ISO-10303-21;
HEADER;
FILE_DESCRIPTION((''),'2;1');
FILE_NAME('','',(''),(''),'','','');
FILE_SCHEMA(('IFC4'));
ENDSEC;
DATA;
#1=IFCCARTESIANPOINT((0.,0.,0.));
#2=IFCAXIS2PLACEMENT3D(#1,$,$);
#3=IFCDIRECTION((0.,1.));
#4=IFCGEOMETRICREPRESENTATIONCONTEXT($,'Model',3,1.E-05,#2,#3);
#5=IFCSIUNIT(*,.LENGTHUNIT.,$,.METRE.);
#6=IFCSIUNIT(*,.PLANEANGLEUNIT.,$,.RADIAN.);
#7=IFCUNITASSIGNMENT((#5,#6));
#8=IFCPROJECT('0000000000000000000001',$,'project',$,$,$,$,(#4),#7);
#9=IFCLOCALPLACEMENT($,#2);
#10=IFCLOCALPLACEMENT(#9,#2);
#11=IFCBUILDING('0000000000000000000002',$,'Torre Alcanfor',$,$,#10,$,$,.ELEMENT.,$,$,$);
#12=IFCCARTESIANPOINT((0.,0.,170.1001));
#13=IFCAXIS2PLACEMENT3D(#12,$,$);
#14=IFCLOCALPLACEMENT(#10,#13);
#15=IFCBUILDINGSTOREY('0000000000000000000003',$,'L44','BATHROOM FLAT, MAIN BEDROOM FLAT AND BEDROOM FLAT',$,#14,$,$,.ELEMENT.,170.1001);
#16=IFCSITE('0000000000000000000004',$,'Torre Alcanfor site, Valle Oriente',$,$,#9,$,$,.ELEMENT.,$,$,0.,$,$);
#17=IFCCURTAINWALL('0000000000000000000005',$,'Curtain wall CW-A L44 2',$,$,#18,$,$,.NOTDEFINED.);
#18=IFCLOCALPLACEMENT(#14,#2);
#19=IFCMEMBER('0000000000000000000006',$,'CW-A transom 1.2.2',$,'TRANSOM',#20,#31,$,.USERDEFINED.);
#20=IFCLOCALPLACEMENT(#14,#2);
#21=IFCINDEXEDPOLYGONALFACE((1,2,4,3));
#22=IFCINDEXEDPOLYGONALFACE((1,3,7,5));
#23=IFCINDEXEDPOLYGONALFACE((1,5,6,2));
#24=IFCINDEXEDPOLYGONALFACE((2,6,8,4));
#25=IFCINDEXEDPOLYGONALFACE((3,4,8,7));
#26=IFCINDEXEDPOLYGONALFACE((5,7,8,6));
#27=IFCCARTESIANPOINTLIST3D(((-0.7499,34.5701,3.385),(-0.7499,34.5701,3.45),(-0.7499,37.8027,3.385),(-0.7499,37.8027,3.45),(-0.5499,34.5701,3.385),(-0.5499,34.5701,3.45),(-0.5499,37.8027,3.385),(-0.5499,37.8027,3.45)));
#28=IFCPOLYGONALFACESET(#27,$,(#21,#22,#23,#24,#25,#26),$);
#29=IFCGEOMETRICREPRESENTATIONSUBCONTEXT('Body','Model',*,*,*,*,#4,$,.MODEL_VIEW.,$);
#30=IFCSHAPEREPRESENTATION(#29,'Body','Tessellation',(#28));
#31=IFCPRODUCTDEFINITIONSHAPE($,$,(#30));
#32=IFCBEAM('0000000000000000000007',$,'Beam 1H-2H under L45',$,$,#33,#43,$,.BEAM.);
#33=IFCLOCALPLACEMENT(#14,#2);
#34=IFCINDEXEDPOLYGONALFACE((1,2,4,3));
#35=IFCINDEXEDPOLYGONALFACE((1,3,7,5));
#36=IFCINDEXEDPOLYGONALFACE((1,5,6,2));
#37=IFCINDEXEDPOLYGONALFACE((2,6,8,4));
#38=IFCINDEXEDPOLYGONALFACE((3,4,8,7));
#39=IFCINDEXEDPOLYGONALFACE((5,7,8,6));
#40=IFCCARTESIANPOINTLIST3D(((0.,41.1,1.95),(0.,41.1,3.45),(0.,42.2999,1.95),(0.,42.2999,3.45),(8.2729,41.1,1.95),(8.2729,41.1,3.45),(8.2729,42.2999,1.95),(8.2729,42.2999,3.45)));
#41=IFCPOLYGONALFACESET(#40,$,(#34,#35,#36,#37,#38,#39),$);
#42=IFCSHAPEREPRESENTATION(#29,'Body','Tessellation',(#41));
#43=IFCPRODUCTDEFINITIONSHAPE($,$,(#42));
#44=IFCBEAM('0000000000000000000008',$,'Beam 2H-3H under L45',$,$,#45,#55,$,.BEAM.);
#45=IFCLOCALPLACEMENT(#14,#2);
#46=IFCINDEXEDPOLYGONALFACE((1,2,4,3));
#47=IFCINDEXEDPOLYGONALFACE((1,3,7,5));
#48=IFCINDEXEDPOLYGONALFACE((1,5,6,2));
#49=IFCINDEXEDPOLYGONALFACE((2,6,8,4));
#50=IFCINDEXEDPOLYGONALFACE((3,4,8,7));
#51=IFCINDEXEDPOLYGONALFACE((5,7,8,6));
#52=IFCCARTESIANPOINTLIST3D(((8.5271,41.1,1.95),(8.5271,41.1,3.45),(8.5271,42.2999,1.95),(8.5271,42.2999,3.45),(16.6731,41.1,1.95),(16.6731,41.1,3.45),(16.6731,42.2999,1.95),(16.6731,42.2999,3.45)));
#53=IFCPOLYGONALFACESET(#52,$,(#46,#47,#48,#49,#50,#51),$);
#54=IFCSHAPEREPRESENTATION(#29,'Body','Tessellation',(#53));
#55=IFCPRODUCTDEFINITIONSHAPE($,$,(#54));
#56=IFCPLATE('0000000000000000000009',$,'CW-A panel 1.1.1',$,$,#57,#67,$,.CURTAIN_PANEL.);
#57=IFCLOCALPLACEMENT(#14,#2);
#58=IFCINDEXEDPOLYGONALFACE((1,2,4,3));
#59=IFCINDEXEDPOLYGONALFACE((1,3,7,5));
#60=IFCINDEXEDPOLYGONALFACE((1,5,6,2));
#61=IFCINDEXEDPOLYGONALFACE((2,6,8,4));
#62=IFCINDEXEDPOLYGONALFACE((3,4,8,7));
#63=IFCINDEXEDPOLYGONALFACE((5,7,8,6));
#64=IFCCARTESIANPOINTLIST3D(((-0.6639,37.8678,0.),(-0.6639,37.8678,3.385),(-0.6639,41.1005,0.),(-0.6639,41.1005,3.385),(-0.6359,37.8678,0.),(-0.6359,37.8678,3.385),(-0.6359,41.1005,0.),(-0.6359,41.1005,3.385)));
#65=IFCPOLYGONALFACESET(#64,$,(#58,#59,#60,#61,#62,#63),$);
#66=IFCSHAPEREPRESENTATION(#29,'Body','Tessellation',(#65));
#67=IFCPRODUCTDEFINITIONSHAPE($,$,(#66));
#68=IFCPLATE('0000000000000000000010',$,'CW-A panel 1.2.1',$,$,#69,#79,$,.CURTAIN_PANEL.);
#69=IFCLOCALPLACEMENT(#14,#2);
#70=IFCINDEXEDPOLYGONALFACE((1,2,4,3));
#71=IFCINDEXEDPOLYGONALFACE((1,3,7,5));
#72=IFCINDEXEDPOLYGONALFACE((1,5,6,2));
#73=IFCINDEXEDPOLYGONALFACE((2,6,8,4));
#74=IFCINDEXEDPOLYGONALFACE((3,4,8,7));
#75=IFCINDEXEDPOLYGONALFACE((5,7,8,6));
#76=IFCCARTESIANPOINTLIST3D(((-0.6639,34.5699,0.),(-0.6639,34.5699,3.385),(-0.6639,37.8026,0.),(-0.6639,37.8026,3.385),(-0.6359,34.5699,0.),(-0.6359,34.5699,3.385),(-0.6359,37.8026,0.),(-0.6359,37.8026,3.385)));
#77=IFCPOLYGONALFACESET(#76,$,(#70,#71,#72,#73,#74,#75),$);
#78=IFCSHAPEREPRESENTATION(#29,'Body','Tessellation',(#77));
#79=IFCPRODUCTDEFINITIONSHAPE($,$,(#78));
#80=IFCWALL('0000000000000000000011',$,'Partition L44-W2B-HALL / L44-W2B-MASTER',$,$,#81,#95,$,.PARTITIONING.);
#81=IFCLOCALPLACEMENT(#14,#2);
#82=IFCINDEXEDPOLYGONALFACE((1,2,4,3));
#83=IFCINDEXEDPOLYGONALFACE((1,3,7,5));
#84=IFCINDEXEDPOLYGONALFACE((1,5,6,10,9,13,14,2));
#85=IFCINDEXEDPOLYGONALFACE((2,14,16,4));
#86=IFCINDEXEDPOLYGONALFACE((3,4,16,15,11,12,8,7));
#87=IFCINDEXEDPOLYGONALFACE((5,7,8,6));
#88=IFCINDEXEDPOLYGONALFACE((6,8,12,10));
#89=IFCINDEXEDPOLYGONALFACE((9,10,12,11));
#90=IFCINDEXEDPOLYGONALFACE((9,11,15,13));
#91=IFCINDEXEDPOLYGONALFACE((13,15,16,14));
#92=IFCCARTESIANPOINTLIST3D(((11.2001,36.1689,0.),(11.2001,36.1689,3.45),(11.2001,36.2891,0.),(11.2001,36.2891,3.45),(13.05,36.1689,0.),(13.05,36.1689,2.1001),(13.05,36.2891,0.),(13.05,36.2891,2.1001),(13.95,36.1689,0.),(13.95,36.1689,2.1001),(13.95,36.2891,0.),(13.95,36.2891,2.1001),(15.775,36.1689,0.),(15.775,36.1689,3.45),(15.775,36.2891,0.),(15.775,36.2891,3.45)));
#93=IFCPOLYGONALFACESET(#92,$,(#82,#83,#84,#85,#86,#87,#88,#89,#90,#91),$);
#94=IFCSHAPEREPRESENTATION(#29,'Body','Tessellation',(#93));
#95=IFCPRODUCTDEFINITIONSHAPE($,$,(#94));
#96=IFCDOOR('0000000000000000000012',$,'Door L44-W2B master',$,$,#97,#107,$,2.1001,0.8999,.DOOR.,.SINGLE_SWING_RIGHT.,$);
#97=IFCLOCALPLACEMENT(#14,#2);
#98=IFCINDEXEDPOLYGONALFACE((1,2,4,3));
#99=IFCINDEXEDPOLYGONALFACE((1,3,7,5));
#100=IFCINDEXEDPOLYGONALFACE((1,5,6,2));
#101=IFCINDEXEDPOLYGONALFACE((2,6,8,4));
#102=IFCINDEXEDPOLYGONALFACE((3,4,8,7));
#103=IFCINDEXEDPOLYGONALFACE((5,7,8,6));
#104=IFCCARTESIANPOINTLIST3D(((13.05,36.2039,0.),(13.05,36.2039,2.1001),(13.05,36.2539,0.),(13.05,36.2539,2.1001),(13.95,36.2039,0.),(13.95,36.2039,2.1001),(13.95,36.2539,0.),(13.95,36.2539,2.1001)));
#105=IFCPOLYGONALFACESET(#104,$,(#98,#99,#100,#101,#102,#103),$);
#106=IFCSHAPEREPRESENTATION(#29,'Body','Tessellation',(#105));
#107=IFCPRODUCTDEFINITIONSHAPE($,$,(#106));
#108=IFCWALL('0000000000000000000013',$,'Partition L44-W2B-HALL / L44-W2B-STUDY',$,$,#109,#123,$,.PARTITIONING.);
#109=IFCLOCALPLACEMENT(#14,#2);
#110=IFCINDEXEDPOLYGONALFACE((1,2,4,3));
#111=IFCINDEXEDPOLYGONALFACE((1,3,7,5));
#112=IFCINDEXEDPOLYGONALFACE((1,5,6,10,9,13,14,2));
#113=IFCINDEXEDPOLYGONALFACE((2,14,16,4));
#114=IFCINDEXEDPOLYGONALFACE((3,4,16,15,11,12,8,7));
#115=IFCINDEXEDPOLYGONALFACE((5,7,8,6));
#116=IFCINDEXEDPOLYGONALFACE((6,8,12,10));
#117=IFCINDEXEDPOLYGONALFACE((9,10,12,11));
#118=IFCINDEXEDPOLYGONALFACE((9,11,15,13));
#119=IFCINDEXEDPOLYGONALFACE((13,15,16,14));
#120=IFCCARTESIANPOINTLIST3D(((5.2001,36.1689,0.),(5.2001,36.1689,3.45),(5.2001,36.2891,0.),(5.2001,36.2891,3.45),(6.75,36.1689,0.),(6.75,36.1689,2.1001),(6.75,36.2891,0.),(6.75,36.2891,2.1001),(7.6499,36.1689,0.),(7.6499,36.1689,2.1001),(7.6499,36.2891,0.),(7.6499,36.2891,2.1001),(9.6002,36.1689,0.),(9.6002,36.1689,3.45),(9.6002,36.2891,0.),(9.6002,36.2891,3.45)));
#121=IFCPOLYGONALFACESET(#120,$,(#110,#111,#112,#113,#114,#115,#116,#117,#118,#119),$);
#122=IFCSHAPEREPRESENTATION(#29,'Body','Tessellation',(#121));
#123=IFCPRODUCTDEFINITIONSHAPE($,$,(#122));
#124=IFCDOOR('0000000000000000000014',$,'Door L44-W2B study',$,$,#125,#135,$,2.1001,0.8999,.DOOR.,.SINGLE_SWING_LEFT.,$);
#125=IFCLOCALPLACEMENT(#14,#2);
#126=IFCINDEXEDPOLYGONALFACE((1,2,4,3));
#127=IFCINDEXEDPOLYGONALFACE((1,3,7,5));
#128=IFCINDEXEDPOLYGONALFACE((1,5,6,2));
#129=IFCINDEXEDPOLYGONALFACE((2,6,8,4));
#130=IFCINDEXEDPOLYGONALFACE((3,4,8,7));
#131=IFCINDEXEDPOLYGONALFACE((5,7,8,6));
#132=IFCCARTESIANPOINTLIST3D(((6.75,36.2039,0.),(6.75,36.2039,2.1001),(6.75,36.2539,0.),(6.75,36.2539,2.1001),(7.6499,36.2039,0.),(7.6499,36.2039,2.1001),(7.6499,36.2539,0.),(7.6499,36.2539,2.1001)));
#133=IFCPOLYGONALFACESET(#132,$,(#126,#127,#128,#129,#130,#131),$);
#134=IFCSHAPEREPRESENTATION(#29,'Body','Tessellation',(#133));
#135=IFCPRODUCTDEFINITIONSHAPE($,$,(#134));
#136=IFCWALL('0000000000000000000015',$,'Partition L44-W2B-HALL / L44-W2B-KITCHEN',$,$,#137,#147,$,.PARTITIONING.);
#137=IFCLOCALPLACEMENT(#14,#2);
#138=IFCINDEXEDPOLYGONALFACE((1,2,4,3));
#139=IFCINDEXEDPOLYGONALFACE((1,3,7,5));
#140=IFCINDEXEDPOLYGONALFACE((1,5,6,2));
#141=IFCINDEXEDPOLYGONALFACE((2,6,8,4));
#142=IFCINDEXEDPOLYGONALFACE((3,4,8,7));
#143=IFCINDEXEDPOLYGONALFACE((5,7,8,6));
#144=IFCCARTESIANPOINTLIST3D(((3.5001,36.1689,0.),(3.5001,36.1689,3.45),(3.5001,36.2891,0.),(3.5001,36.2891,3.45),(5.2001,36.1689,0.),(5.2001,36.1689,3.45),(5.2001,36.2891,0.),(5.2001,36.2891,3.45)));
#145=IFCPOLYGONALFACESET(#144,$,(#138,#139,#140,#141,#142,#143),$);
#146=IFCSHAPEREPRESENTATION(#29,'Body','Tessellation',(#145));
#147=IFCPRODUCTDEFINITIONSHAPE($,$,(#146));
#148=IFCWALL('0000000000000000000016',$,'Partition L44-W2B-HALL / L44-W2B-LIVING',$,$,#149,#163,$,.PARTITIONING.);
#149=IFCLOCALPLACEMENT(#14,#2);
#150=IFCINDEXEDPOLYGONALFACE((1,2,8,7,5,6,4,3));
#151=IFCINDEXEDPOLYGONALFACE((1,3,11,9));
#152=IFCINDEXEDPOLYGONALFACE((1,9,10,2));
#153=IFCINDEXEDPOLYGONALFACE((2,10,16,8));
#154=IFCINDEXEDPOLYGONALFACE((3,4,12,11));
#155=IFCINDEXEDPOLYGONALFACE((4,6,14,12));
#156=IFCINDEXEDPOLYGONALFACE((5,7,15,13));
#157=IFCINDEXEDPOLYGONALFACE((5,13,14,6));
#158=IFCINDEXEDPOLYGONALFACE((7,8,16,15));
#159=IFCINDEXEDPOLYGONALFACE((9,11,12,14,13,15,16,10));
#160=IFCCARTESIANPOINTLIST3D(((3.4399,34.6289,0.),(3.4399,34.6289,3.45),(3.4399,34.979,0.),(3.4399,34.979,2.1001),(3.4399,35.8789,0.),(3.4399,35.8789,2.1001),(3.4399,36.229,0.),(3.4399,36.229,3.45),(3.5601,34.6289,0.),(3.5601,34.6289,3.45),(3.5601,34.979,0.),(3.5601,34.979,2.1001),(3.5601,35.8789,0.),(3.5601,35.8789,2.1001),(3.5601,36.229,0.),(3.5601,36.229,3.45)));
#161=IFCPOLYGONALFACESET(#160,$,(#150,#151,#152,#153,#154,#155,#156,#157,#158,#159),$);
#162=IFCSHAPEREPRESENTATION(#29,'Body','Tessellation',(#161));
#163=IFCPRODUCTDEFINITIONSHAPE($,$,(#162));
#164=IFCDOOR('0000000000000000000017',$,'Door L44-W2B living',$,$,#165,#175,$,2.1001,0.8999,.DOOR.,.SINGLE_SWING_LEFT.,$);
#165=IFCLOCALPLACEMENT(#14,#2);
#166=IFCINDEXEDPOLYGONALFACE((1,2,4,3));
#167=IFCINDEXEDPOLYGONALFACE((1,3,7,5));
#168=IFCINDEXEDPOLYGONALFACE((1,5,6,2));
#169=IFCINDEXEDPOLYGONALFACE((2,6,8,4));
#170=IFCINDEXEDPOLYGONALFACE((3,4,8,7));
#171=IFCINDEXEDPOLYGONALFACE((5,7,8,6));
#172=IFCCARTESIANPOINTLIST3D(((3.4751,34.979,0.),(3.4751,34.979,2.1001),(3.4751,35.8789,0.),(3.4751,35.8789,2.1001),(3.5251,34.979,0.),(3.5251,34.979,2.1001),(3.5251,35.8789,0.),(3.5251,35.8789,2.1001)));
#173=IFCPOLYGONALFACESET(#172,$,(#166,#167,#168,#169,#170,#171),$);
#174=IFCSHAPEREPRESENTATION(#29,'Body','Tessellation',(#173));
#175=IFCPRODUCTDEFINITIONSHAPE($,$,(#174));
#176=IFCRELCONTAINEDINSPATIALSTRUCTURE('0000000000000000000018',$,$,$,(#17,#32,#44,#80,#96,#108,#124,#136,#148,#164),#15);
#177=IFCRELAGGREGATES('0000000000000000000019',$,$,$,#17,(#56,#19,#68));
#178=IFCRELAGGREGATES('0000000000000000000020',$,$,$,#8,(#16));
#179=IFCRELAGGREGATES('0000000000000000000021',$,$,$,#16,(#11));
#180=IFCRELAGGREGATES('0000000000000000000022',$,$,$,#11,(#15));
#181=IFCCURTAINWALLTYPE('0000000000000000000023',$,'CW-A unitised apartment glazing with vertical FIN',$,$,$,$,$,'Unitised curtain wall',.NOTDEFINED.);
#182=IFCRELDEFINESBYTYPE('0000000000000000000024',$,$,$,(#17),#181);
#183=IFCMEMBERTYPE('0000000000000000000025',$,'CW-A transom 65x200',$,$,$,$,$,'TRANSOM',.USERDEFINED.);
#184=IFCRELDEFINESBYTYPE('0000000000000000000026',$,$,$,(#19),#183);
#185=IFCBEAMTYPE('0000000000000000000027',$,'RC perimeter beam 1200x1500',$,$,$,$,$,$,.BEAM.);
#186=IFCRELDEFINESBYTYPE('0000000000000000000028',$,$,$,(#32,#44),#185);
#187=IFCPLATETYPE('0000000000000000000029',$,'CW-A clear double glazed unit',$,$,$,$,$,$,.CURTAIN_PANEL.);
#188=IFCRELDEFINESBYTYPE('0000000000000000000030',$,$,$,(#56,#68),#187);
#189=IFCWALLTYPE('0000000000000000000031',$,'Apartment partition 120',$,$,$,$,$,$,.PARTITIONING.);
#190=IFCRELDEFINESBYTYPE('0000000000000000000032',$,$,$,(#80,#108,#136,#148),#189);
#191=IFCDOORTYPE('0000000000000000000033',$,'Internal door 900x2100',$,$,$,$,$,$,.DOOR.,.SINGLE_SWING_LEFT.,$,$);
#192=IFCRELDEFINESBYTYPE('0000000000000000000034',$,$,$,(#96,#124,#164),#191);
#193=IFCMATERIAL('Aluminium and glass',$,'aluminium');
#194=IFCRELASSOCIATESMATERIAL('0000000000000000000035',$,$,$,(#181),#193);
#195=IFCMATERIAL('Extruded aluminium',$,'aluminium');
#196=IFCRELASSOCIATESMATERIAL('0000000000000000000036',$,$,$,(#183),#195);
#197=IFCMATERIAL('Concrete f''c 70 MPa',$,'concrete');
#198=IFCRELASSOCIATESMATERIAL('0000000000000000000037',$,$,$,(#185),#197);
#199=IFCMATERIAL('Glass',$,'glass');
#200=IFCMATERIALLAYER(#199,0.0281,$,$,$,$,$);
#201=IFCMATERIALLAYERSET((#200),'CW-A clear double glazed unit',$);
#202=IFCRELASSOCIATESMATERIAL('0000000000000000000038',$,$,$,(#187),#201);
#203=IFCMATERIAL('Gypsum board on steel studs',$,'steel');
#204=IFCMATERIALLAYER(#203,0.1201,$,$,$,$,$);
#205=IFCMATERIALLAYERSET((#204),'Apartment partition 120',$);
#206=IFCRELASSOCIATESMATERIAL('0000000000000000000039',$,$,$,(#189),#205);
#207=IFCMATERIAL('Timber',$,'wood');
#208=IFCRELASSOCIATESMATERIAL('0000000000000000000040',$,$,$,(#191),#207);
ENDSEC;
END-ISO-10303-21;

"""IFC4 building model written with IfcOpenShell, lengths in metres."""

from ifc_helpers import new_model, si_unit, direction, frame, frame_2d, origin, origin_2d, place, context, subcontext, project, spatial, rectangle, extrude, material, layer, layer_set, material_profile, profile_set, type_object, element, fill, aggregate, save


model = new_model("IFC4")

# Units and contexts
model_context = context("Model", 3, precision=1e-05, world=origin(), true_north=direction((0.0, 1.0)))
body_context = subcontext(model_context, "Body", "Model", "MODEL_VIEW")
ifc_project = project(units=[si_unit("LENGTHUNIT", "METRE"), si_unit("PLANEANGLEUNIT", "RADIAN")], contexts=[model_context])

# Site, building, storey
site_placement = place(None, origin())
site = spatial("IfcSite", under=ifc_project, at=site_placement, Name="Torre Alcanfor site, Valle Oriente", CompositionType="ELEMENT", RefElevation=0.0)
building_placement = place(site_placement, origin())
building = spatial("IfcBuilding", under=site, at=building_placement, Name="Torre Alcanfor", CompositionType="ELEMENT")
storey_placement = place(building_placement, frame((0.0, 0.0, 170.1001)))
storey = spatial("IfcBuildingStorey", under=building, at=storey_placement, Name="L44", Description="BATHROOM FLAT, MAIN BEDROOM FLAT AND BEDROOM FLAT", CompositionType="ELEMENT", Elevation=170.1001)

# Curtain wall, member
ifc_material_1 = material(Name="Aluminium and glass", Category="aluminium")
curtain_wall_type = type_object("IfcCurtainWallType", Name="CW-A unitised apartment glazing with vertical FIN", ElementType="Unitised curtain wall", PredefinedType="NOTDEFINED", material=ifc_material_1)
curtain_wall_placement = place(storey_placement, origin())
curtain_wall = element("IfcCurtainWall", 1, at=curtain_wall_placement, inside=storey, type_object=curtain_wall_type, Name="Curtain wall CW-A L44 2", PredefinedType="NOTDEFINED")
ifc_material_2 = material(Name="Extruded aluminium", Category="aluminium")
ifc_material_profile_1 = material_profile(ifc_material_2, rectangle(XDim=0.2, YDim=0.0649, at=origin_2d()), Name="CW-A transom 200x65")
ifc_profile_set_1 = profile_set([ifc_material_profile_1], Name="Extruded aluminium")
member_type_1 = type_object("IfcMemberType", Name="CW-A transom 65x200", ElementType="TRANSOM", PredefinedType="USERDEFINED", material=ifc_profile_set_1)
member_1_placement = place(storey_placement, frame((-0.6499, 37.8027, 3.4175), z_axis=(0.0, -1.0, 0.0), x_axis=(1.0, 0.0, 0.0)))
member_1 = element("IfcMember", 2, at=member_1_placement, type_object=member_type_1, Name="CW-A transom 1.2.2", ObjectType="TRANSOM", PredefinedType="USERDEFINED", context=body_context, shape_type="SweptSolid", body=[
    extrude(rectangle(XDim=0.2, YDim=0.0649, at=origin_2d()), origin(), (0.0, 0.0, 1.0), 3.2327),
])

# Beams
ifc_material_3 = material(Name="Concrete f'c 70 MPa", Category="concrete")
ifc_material_profile_2 = material_profile(ifc_material_3, rectangle(XDim=1.2, YDim=1.5, at=origin_2d()), Name="1200x1500")
ifc_profile_set_2 = profile_set([ifc_material_profile_2], Name="Concrete f'c 70 MPa")
beam_type_1 = type_object("IfcBeamType", Name="RC perimeter beam 1200x1500", PredefinedType="BEAM", material=ifc_profile_set_2)
beam_1_placement = place(storey_placement, frame((0.0, 41.7, 2.7), z_axis=(1.0, 0.0, 0.0), x_axis=(0.0, 1.0, 0.0)))
element("IfcBeam", 3, at=beam_1_placement, inside=storey, type_object=beam_type_1, Name="Beam 1H-2H under L45", PredefinedType="BEAM", context=body_context, shape_type="SweptSolid", body=[
    extrude(rectangle(XDim=1.2, YDim=1.5, at=origin_2d()), origin(), (0.0, 0.0, 1.0), 8.2729),
])
beam_2_placement = place(storey_placement, frame((8.5271, 41.7, 2.7), z_axis=(1.0, 0.0, 0.0), x_axis=(0.0, 1.0, 0.0)))
element("IfcBeam", 4, at=beam_2_placement, inside=storey, type_object=beam_type_1, Name="Beam 2H-3H under L45", PredefinedType="BEAM", context=body_context, shape_type="SweptSolid", body=[
    extrude(rectangle(XDim=1.2, YDim=1.5, at=origin_2d()), origin(), (0.0, 0.0, 1.0), 8.146),
])

# Plates
ifc_material_4 = material(Name="Glass", Category="glass")
ifc_layer_1 = layer(ifc_material_4, 0.0281)
ifc_layer_set_1 = layer_set([ifc_layer_1], Name="CW-A clear double glazed unit")
plate_type = type_object("IfcPlateType", Name="CW-A clear double glazed unit", PredefinedType="CURTAIN_PANEL", material=ifc_layer_set_1)
plate_1_placement = place(storey_placement, frame((-0.6499, 39.4841, 0.0), z_axis=(0.0, 0.0, 1.0), x_axis=(0.0, -1.0, 0.0)))
plate_1 = element("IfcPlate", 5, at=plate_1_placement, type_object=plate_type, Name="CW-A panel 1.1.1", PredefinedType="CURTAIN_PANEL", context=body_context, shape_type="SweptSolid", body=[
    extrude(rectangle(XDim=3.2327, YDim=0.0281, at=origin_2d()), origin(), (0.0, 0.0, 1.0), 3.385),
])
plate_2_placement = place(storey_placement, frame((-0.6499, 36.1863, 0.0), z_axis=(0.0, 0.0, 1.0), x_axis=(0.0, -1.0, 0.0)))
plate_2 = element("IfcPlate", 6, at=plate_2_placement, type_object=plate_type, Name="CW-A panel 1.2.1", PredefinedType="CURTAIN_PANEL", context=body_context, shape_type="SweptSolid", body=[
    extrude(rectangle(XDim=3.2327, YDim=0.0281, at=origin_2d()), origin(), (0.0, 0.0, 1.0), 3.385),
])
aggregate(curtain_wall, [plate_1, member_1, plate_2])

# Walls, openings, doors
ifc_material_5 = material(Name="Gypsum board on steel studs", Category="steel")
ifc_layer_2 = layer(ifc_material_5, 0.1201)
ifc_layer_set_2 = layer_set([ifc_layer_2], Name="Apartment partition 120")
wall_type_1 = type_object("IfcWallType", Name="Apartment partition 120", PredefinedType="PARTITIONING", material=ifc_layer_set_2)
wall_1_placement = place(storey_placement, frame((11.2, 36.229, 0.0), z_axis=(0.0, 0.0, 1.0), x_axis=(1.0, 0.0, 0.0)))
wall_1 = element("IfcWall", 7, at=wall_1_placement, inside=storey, type_object=wall_type_1, Name="Partition L44-W2B-HALL / L44-W2B-MASTER", PredefinedType="PARTITIONING", context=body_context, shape_type="SweptSolid", body=[
    extrude(rectangle(XDim=4.575, YDim=0.1201, at=frame_2d((2.2876, 0.0))), origin(), (0.0, 0.0, 1.0), 3.45),
])
opening_1_placement = place(wall_1_placement, frame((1.8501, 0.0, 0.0)))
opening_1 = element("IfcOpeningElement", 8, at=opening_1_placement, cuts=wall_1, PredefinedType="OPENING", context=body_context, shape_type="SweptSolid", body=[
    extrude(rectangle(XDim=0.8999, YDim=2.1001, at=frame_2d((0.45, 1.05))), frame((0.0, 0.0701, 0.0), z_axis=(0.0, -1.0, 0.0), x_axis=(1.0, 0.0, 0.0)), (0.0, 0.0, 1.0), 0.1401),
])
ifc_material_6 = material(Name="Timber", Category="wood")
door_type_1 = type_object("IfcDoorType", Name="Internal door 900x2100", OperationType="SINGLE_SWING_LEFT", PredefinedType="DOOR", material=ifc_material_6)
door_1_placement = place(opening_1_placement, origin())
door_1 = element("IfcDoor", 9, at=door_1_placement, inside=storey, type_object=door_type_1, Name="Door L44-W2B master", OperationType="SINGLE_SWING_RIGHT", OverallHeight=2.1001, OverallWidth=0.8999, PredefinedType="DOOR", context=body_context, shape_type="SweptSolid", body=[
    extrude(rectangle(XDim=0.8999, YDim=2.1001, at=frame_2d((0.45, 1.05))), frame((0.0, 0.0249, 0.0), z_axis=(0.0, -1.0, 0.0), x_axis=(1.0, 0.0, 0.0)), (0.0, 0.0, 1.0), 0.05),
])
fill(opening_1, door_1)
wall_2_placement = place(storey_placement, frame((5.2, 36.229, 0.0), z_axis=(0.0, 0.0, 1.0), x_axis=(1.0, 0.0, 0.0)))
wall_2 = element("IfcWall", 10, at=wall_2_placement, inside=storey, type_object=wall_type_1, Name="Partition L44-W2B-HALL / L44-W2B-STUDY", PredefinedType="PARTITIONING", context=body_context, shape_type="SweptSolid", body=[
    extrude(rectangle(XDim=4.4001, YDim=0.1201, at=frame_2d((2.2002, 0.0))), origin(), (0.0, 0.0, 1.0), 3.45),
])
opening_2_placement = place(wall_2_placement, frame((1.55, 0.0, 0.0)))
opening_2 = element("IfcOpeningElement", 11, at=opening_2_placement, cuts=wall_2, PredefinedType="OPENING", context=body_context, shape_type="SweptSolid", body=[
    extrude(rectangle(XDim=0.8999, YDim=2.1001, at=frame_2d((0.45, 1.05))), frame((0.0, 0.0701, 0.0), z_axis=(0.0, -1.0, 0.0), x_axis=(1.0, 0.0, 0.0)), (0.0, 0.0, 1.0), 0.1401),
])
door_2_placement = place(opening_2_placement, origin())
door_2 = element("IfcDoor", 12, at=door_2_placement, inside=storey, type_object=door_type_1, Name="Door L44-W2B study", OperationType="SINGLE_SWING_LEFT", OverallHeight=2.1001, OverallWidth=0.8999, PredefinedType="DOOR", context=body_context, shape_type="SweptSolid", body=[
    extrude(rectangle(XDim=0.8999, YDim=2.1001, at=frame_2d((0.45, 1.05))), frame((0.0, 0.0249, 0.0), z_axis=(0.0, -1.0, 0.0), x_axis=(1.0, 0.0, 0.0)), (0.0, 0.0, 1.0), 0.05),
])
fill(opening_2, door_2)

# Wall
wall_3_placement = place(storey_placement, frame((3.5, 36.229, 0.0), z_axis=(0.0, 0.0, 1.0), x_axis=(1.0, 0.0, 0.0)))
element("IfcWall", 13, at=wall_3_placement, inside=storey, type_object=wall_type_1, Name="Partition L44-W2B-HALL / L44-W2B-KITCHEN", PredefinedType="PARTITIONING", context=body_context, shape_type="SweptSolid", body=[
    extrude(rectangle(XDim=1.7, YDim=0.1201, at=frame_2d((0.8501, 0.0))), origin(), (0.0, 0.0, 1.0), 3.45),
])

# Wall, opening, door
wall_4_placement = place(storey_placement, frame((3.5, 34.6289, 0.0), z_axis=(0.0, 0.0, 1.0), x_axis=(0.0, 1.0, 0.0)))
wall_4 = element("IfcWall", 14, at=wall_4_placement, inside=storey, type_object=wall_type_1, Name="Partition L44-W2B-HALL / L44-W2B-LIVING", PredefinedType="PARTITIONING", context=body_context, shape_type="SweptSolid", body=[
    extrude(rectangle(XDim=1.6001, YDim=0.1201, at=frame_2d((0.8, 0.0))), origin(), (0.0, 0.0, 1.0), 3.45),
])
opening_3_placement = place(wall_4_placement, frame((0.3501, 0.0, 0.0)))
opening_3 = element("IfcOpeningElement", 15, at=opening_3_placement, cuts=wall_4, PredefinedType="OPENING", context=body_context, shape_type="SweptSolid", body=[
    extrude(rectangle(XDim=0.8999, YDim=2.1001, at=frame_2d((0.45, 1.05))), frame((0.0, 0.0701, 0.0), z_axis=(0.0, -1.0, 0.0), x_axis=(1.0, 0.0, 0.0)), (0.0, 0.0, 1.0), 0.1401),
])
door_3_placement = place(opening_3_placement, origin())
door_3 = element("IfcDoor", 16, at=door_3_placement, inside=storey, type_object=door_type_1, Name="Door L44-W2B living", OperationType="SINGLE_SWING_LEFT", OverallHeight=2.1001, OverallWidth=0.8999, PredefinedType="DOOR", context=body_context, shape_type="SweptSolid", body=[
    extrude(rectangle(XDim=0.8999, YDim=2.1001, at=frame_2d((0.45, 1.05))), frame((0.0, 0.0249, 0.0), z_axis=(0.0, -1.0, 0.0), x_axis=(1.0, 0.0, 0.0)), (0.0, 0.0, 1.0), 0.05),
])
fill(opening_3, door_3)

save(model, "model.ifc")
